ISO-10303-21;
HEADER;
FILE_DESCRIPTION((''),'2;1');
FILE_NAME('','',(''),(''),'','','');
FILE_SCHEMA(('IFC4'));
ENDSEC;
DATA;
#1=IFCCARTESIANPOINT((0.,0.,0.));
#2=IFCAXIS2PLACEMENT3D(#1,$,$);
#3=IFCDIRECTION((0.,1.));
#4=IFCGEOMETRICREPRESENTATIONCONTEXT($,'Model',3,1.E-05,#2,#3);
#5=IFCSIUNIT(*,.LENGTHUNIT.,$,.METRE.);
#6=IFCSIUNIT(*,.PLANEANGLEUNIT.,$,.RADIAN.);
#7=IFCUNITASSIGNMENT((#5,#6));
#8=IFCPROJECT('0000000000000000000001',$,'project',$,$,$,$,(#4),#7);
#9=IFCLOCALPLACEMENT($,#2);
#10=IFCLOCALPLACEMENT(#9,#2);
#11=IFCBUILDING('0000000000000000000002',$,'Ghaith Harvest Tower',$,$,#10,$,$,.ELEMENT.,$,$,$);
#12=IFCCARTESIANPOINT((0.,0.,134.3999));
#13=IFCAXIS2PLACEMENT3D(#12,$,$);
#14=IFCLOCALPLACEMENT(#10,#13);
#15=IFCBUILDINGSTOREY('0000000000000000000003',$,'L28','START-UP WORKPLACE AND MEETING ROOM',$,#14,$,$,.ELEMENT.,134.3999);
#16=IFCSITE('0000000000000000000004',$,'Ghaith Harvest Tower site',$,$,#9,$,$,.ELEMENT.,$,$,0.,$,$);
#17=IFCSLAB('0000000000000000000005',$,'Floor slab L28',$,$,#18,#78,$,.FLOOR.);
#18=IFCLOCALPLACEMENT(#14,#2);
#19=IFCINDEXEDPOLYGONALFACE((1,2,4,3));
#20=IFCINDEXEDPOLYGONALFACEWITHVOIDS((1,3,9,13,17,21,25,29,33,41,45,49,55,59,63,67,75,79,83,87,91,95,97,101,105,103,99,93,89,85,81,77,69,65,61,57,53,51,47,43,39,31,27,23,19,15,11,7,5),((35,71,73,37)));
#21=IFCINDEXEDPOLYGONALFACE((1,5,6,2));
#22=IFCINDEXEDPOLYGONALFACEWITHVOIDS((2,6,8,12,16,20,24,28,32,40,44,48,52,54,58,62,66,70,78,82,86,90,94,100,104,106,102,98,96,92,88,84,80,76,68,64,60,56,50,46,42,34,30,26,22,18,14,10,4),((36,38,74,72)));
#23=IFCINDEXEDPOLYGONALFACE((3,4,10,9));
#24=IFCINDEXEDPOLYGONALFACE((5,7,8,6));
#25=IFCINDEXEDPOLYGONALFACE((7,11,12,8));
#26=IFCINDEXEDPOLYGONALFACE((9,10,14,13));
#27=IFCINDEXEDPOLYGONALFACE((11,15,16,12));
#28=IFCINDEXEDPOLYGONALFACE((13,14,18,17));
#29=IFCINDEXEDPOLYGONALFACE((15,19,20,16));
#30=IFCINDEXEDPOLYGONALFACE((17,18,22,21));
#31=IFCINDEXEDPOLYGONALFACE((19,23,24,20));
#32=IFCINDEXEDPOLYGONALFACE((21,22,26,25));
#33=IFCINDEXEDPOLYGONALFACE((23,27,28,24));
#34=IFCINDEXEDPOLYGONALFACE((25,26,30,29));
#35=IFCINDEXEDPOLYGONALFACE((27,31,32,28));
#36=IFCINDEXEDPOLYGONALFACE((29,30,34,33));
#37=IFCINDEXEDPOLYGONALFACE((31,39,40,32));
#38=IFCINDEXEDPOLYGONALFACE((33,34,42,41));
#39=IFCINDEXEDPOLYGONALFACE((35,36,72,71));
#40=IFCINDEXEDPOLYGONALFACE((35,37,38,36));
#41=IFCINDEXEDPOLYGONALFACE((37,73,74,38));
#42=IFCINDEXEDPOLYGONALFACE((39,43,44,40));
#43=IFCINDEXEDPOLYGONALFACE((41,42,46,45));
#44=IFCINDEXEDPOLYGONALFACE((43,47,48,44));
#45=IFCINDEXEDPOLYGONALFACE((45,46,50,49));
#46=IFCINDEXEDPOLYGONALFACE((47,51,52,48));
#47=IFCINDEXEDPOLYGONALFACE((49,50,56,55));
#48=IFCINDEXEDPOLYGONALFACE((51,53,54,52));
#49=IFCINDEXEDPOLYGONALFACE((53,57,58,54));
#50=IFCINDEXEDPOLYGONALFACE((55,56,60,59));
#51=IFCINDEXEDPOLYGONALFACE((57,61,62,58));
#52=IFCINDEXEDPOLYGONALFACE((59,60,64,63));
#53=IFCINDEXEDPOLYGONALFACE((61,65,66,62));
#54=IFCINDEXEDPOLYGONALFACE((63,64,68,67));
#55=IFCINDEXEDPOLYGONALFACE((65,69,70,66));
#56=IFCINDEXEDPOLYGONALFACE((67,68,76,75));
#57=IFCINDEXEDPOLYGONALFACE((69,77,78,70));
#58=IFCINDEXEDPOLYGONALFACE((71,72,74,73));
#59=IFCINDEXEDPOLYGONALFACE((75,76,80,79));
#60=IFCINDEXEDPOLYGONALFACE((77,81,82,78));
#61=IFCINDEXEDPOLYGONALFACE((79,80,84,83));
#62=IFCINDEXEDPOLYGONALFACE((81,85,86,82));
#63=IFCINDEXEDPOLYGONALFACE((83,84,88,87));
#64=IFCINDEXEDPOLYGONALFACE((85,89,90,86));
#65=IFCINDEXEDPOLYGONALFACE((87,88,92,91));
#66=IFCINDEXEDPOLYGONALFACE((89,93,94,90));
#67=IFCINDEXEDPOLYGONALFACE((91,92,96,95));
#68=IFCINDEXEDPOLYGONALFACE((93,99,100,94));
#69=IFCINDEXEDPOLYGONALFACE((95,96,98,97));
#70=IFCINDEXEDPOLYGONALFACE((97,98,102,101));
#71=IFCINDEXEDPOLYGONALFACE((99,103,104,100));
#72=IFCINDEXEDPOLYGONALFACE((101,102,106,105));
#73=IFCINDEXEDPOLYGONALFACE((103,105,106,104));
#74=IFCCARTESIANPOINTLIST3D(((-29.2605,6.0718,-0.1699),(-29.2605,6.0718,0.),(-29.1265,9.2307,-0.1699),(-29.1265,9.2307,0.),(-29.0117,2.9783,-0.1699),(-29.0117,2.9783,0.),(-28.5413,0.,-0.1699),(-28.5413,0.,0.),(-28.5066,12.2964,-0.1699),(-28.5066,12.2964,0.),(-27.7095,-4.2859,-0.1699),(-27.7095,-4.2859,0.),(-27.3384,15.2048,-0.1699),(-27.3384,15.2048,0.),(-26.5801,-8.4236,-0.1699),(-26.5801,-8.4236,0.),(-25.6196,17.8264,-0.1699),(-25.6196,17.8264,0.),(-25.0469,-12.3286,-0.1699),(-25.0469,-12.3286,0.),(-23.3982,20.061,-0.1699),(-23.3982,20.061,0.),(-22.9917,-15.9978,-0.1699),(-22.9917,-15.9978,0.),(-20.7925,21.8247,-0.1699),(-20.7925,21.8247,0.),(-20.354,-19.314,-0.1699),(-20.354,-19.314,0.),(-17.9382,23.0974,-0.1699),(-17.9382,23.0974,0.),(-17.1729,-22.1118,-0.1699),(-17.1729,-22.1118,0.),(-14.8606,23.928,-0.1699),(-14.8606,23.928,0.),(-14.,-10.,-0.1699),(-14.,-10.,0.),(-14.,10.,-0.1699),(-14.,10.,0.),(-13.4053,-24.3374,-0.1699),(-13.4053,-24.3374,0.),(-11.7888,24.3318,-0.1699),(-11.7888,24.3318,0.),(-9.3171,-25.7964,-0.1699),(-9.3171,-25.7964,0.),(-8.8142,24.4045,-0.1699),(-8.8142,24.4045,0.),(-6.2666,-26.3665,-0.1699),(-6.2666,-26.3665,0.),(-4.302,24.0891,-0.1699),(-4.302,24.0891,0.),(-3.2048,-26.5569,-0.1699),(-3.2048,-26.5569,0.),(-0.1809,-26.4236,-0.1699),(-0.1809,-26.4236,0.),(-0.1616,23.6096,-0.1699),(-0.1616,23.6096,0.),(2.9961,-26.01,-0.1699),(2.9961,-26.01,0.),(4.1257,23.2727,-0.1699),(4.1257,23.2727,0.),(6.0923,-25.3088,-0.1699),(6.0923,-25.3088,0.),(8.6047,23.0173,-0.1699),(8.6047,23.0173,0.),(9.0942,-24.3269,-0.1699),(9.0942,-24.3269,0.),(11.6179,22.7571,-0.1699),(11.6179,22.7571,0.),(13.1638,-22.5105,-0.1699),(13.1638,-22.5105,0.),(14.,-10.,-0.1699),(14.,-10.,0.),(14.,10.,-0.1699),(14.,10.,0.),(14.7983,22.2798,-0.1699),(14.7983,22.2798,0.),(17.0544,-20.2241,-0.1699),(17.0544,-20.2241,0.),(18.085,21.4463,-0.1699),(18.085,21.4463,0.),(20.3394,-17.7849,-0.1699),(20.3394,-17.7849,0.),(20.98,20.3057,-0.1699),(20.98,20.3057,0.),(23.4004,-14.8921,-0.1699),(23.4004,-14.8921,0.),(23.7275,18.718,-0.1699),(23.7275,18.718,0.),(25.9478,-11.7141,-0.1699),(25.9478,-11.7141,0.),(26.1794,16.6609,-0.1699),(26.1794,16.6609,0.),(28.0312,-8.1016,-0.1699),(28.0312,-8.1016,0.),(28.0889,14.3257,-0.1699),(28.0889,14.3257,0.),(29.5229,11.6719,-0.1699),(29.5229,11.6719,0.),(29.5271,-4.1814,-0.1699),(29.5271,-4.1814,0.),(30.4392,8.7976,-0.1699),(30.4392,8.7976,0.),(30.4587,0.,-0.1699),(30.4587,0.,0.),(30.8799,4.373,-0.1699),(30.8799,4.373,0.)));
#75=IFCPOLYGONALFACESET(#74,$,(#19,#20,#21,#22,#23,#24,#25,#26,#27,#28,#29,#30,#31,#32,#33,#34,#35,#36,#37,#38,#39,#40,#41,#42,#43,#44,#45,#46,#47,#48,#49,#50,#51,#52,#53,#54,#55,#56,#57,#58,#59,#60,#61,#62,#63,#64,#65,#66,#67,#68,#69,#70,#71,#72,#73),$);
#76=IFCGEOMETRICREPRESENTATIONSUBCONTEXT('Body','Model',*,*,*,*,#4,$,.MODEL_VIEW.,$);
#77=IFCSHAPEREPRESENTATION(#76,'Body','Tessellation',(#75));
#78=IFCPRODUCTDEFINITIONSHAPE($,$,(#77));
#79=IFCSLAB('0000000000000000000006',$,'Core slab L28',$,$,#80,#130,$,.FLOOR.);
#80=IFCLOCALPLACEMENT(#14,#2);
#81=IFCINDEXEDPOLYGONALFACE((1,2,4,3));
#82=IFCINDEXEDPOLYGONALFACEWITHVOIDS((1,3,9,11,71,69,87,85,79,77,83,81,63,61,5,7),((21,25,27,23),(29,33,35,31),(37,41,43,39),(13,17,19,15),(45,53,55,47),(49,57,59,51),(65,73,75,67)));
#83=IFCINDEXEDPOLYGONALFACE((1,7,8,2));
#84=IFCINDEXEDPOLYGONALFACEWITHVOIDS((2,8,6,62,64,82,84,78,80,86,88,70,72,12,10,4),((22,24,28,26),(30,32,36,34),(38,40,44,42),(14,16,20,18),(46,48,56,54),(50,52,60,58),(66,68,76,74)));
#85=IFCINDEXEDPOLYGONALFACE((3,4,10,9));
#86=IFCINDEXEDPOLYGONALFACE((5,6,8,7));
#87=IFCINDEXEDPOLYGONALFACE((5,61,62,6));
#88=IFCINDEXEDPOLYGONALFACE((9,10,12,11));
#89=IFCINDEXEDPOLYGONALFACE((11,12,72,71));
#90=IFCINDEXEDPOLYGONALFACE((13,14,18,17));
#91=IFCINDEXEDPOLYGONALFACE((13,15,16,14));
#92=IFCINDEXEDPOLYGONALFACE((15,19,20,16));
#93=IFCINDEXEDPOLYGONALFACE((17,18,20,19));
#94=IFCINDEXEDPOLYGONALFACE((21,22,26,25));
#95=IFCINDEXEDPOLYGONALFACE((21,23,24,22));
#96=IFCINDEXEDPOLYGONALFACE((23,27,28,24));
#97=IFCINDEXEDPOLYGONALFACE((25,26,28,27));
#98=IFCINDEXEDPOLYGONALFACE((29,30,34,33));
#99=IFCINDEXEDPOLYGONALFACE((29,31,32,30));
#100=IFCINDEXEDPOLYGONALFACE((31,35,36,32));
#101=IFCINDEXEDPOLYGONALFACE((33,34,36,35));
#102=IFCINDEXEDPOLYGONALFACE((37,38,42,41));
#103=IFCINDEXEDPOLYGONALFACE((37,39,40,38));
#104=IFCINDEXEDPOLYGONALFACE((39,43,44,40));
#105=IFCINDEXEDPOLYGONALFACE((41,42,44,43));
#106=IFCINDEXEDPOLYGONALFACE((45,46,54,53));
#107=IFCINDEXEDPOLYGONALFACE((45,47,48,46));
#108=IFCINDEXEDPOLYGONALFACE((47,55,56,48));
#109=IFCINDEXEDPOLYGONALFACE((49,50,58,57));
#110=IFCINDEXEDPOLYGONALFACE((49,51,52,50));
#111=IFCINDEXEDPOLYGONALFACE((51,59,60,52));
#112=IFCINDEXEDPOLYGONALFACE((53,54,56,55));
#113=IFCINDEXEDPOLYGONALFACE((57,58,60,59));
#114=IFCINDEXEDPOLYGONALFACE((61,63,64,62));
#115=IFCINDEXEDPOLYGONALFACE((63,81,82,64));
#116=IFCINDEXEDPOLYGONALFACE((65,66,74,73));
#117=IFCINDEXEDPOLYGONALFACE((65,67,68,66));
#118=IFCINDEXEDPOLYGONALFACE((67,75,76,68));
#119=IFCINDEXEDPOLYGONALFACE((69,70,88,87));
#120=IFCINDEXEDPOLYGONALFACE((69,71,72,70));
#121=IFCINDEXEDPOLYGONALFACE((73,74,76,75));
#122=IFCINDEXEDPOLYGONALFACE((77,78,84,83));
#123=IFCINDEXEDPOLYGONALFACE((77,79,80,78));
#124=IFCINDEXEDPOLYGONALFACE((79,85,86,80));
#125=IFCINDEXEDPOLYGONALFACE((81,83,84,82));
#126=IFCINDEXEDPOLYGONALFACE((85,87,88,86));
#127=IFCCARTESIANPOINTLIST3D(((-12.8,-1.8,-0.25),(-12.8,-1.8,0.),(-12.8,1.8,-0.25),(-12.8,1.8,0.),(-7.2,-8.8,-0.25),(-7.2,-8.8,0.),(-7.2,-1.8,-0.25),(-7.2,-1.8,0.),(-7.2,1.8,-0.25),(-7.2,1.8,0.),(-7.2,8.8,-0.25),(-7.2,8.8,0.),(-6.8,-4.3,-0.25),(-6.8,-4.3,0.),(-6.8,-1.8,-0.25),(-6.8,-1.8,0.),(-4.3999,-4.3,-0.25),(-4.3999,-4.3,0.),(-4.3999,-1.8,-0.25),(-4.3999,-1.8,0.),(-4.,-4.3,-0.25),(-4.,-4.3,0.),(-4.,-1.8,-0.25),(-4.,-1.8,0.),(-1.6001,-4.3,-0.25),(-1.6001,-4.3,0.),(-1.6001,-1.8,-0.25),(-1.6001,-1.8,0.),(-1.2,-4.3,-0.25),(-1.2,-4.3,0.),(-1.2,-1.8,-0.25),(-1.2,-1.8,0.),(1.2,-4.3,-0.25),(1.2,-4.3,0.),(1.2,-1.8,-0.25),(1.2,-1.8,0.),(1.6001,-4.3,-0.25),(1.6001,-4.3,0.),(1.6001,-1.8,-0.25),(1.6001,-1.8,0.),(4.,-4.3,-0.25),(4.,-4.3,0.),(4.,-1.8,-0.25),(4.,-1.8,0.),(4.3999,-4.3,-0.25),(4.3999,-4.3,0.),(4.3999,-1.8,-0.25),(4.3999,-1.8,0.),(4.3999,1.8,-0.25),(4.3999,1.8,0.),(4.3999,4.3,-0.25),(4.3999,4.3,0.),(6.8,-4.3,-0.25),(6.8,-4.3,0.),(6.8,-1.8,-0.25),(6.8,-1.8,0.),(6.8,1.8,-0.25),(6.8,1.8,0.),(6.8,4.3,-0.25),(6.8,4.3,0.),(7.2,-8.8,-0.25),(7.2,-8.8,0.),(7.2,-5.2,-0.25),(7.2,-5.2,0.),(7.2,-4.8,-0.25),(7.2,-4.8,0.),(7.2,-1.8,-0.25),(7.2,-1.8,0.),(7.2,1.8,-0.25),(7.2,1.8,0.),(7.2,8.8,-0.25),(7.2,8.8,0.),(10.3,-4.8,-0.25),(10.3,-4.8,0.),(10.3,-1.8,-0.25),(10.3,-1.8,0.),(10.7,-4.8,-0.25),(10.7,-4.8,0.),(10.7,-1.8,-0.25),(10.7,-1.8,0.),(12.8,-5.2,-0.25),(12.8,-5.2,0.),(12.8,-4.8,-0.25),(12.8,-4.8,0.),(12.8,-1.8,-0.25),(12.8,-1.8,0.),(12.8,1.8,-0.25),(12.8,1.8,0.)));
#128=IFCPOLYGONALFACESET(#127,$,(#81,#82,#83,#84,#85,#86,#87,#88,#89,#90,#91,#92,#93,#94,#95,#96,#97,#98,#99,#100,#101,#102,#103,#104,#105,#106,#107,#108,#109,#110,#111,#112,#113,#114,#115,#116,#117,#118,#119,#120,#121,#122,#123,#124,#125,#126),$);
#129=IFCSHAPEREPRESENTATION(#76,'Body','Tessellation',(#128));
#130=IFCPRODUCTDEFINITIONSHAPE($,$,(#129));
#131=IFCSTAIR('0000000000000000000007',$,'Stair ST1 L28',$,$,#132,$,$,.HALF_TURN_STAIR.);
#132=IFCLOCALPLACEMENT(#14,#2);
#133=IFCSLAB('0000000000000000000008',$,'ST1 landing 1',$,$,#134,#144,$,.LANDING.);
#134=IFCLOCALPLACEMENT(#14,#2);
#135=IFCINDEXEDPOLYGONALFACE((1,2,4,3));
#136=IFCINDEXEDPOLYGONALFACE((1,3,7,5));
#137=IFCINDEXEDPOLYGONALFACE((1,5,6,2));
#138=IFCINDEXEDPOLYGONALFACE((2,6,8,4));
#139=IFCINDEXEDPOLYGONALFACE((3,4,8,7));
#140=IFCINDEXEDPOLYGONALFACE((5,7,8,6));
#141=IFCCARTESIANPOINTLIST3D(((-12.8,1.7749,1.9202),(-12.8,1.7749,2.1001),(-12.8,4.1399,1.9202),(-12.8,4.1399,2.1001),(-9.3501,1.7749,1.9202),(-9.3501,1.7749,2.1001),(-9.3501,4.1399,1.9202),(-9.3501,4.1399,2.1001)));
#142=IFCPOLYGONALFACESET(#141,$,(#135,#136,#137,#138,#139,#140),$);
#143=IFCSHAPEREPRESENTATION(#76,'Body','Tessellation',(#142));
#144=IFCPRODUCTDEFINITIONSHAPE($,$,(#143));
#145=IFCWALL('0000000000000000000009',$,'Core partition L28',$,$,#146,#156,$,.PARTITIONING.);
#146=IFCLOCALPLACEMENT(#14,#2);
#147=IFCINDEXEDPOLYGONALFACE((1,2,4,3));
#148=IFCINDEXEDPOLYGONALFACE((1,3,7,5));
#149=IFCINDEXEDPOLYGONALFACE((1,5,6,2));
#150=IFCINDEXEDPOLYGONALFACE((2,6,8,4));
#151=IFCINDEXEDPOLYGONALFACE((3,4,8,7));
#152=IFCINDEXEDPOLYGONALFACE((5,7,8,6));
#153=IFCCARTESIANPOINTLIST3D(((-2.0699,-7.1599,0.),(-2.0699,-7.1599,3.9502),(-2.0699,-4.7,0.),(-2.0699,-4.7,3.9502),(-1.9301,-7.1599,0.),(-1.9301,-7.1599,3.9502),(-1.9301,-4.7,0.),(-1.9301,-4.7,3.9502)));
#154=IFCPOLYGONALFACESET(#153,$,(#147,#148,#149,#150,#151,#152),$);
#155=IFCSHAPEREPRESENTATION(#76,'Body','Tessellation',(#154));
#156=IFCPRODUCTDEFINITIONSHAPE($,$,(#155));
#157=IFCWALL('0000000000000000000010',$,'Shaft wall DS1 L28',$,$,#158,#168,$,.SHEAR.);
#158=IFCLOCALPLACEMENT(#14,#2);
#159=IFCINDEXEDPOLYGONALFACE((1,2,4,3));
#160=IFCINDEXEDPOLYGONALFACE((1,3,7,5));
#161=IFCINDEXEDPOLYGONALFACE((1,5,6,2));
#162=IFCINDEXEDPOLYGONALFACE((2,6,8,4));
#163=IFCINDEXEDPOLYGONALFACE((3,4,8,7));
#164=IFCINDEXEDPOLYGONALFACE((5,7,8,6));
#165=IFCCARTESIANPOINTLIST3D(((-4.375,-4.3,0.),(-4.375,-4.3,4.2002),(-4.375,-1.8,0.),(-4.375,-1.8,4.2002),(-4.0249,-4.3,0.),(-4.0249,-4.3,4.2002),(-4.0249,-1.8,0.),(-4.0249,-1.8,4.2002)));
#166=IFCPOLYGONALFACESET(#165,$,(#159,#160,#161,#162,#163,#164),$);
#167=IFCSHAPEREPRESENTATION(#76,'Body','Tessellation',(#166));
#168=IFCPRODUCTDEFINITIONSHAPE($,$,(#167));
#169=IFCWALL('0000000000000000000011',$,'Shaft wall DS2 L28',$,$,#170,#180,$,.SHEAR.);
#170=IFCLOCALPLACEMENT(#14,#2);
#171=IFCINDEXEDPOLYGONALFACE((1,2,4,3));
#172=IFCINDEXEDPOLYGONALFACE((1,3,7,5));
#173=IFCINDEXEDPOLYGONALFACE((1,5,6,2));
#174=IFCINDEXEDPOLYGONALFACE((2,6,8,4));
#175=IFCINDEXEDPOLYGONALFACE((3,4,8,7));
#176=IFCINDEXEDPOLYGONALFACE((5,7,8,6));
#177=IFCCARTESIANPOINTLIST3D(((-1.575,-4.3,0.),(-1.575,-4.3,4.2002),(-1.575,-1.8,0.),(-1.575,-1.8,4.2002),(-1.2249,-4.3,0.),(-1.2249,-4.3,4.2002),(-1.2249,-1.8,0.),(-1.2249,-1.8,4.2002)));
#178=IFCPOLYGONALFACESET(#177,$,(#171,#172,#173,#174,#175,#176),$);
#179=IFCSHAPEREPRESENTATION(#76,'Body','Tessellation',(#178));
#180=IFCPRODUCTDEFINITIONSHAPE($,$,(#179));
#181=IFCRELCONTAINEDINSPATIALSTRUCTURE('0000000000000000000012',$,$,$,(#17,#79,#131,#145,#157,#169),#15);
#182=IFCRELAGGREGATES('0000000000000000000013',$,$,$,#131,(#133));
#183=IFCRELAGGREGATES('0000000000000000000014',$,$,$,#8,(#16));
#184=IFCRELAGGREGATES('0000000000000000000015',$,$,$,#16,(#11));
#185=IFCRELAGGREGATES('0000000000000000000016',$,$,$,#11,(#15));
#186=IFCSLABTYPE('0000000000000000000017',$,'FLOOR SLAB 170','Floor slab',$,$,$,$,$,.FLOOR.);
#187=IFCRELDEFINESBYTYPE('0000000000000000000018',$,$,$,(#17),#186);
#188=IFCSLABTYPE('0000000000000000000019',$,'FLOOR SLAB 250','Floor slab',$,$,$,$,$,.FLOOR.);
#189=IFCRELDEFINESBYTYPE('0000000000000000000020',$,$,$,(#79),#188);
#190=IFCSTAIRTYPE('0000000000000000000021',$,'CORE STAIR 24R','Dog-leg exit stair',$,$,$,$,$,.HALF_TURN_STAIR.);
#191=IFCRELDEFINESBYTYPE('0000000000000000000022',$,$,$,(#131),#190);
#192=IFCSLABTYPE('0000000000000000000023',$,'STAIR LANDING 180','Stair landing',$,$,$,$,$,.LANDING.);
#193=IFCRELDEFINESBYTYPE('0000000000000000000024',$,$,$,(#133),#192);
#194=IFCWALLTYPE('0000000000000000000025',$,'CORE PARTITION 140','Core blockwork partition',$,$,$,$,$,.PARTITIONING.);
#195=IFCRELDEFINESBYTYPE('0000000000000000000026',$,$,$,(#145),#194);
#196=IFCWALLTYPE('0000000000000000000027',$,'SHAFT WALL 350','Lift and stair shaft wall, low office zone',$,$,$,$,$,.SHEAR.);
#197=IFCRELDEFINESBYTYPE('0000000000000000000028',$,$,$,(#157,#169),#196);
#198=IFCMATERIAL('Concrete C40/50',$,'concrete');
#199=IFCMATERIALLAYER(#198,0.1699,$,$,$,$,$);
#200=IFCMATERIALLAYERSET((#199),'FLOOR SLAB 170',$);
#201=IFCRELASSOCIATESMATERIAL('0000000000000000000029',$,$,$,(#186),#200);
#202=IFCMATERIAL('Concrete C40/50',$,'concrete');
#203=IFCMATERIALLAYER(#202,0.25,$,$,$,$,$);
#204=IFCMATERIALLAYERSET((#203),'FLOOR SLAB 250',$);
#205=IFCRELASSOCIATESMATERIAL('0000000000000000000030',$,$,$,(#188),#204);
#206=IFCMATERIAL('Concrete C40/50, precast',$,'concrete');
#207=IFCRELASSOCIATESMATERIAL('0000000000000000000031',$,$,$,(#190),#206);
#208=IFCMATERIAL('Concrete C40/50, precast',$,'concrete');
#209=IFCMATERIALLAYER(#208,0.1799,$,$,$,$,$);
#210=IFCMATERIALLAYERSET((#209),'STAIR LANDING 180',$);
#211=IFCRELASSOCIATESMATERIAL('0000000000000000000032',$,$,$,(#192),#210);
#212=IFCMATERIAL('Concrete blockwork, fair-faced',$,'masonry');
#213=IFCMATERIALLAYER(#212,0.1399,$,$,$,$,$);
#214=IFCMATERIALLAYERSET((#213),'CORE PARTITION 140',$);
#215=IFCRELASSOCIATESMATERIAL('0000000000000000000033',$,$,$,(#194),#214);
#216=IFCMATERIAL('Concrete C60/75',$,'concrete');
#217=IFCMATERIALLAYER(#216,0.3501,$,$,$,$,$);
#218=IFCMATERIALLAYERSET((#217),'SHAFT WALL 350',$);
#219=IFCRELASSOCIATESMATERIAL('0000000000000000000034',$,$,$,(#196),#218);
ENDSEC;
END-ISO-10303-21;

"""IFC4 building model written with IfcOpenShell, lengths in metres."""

from ifc_helpers import new_model, si_unit, direction, frame, frame_2d, origin, place, context, subcontext, project, spatial, polyline, rectangle, outline, extrude, material, layer, layer_set, type_object, element, aggregate, save


model = new_model("IFC4")

# Units and contexts
model_context = context("Model", 3, precision=1e-05, world=origin(), true_north=direction((0.0, 1.0)))
body_context = subcontext(model_context, "Body", "Model", "MODEL_VIEW")
ifc_project = project(units=[si_unit("LENGTHUNIT", "METRE"), si_unit("PLANEANGLEUNIT", "RADIAN")], contexts=[model_context])

# Site, building, storey
site_placement = place(None, origin())
site = spatial("IfcSite", under=ifc_project, at=site_placement, Name="Ghaith Harvest Tower site", CompositionType="ELEMENT", RefElevation=0.0)
building_placement = place(site_placement, origin())
building = spatial("IfcBuilding", under=site, at=building_placement, Name="Ghaith Harvest Tower", CompositionType="ELEMENT")
storey_placement = place(building_placement, frame((0.0, 0.0, 134.3999)))
storey = spatial("IfcBuildingStorey", under=building, at=storey_placement, Name="L28", Description="START-UP WORKPLACE AND MEETING ROOM", CompositionType="ELEMENT", Elevation=134.3999)

# Slabs
ifc_material_1 = material(Name="Concrete C40/50", Category="concrete")
ifc_layer_1 = layer(ifc_material_1, 0.1699)
ifc_layer_set_1 = layer_set([ifc_layer_1], Name="FLOOR SLAB 170")
slab_type_1 = type_object("IfcSlabType", Name="FLOOR SLAB 170", Description="Floor slab", PredefinedType="FLOOR", material=ifc_layer_set_1)
slab_1_placement = place(storey_placement, frame((0.0, 0.0, -0.1699)))
element("IfcSlab", 1, at=slab_1_placement, inside=storey, type_object=slab_type_1, Name="Floor slab L28", PredefinedType="FLOOR", context=body_context, shape_type="SweptSolid", body=[
    extrude(outline(polyline([(30.4587, 0.0), (30.8799, 4.373), (30.4392, 8.7976), (29.5229, 11.6719), (28.0889, 14.3257), (26.1794, 16.6609), (23.7275, 18.718), (20.98, 20.3057), (18.085, 21.4463), (14.7983, 22.2798), (11.6179, 22.7571), (8.6047, 23.0173), (4.1257, 23.2727), (-0.1616, 23.6096), (-4.302, 24.0891), (-8.8142, 24.4045), (-11.7888, 24.3318), (-14.8606, 23.928), (-17.9382, 23.0974), (-20.7925, 21.8247), (-23.3982, 20.061), (-25.6196, 17.8264), (-27.3384, 15.2048), (-28.5066, 12.2964), (-29.1265, 9.2307), (-29.2605, 6.0718), (-29.0117, 2.9783), (-28.5413, 0.0), (-27.7095, -4.2859), (-26.5801, -8.4236), (-25.0469, -12.3286), (-22.9917, -15.9978), (-20.354, -19.314), (-17.1729, -22.1118), (-13.4053, -24.3374), (-9.3171, -25.7964), (-6.2666, -26.3665), (-3.2048, -26.5569), (-0.1809, -26.4236), (2.9961, -26.01), (6.0923, -25.3088), (9.0942, -24.3269), (13.1638, -22.5105), (17.0544, -20.2241), (20.3394, -17.7849), (23.4004, -14.8921), (25.9478, -11.7141), (28.0312, -8.1016), (29.5271, -4.1814), (30.4587, 0.0)]), holes=[polyline([(-14.0, -10.0), (14.0, -10.0), (14.0, 10.0), (-14.0, 10.0), (-14.0, -10.0)])]), origin(), (0.0, 0.0, 1.0), 0.1699),
])
ifc_material_2 = material(Name="Concrete C40/50", Category="concrete")
ifc_layer_2 = layer(ifc_material_2, 0.25)
ifc_layer_set_2 = layer_set([ifc_layer_2], Name="FLOOR SLAB 250")
slab_type_2 = type_object("IfcSlabType", Name="FLOOR SLAB 250", Description="Floor slab", PredefinedType="FLOOR", material=ifc_layer_set_2)
slab_2_placement = place(storey_placement, frame((0.0, 0.0, -0.25)))
element("IfcSlab", 2, at=slab_2_placement, inside=storey, type_object=slab_type_2, Name="Core slab L28", PredefinedType="FLOOR", context=body_context, shape_type="SweptSolid", body=[
    extrude(outline(polyline([(-12.8, 1.8), (-7.2, 1.8), (-7.2, 8.8), (7.2, 8.8), (7.2, 1.8), (12.8, 1.8), (12.8, -1.8), (10.7, -1.8), (10.7, -4.8), (12.8, -4.8), (12.8, -5.2), (7.2, -5.2), (7.2, -8.8), (-7.2, -8.8), (-7.2, -1.8), (-12.8, -1.8), (-12.8, 1.8)]), holes=[polyline([(-4.3999, -4.3), (-4.3999, -1.8), (-6.8, -1.8), (-6.8, -4.3), (-4.3999, -4.3)]), polyline([(-1.6001, -4.3), (-1.6001, -1.8), (-4.0, -1.8), (-4.0, -4.3), (-1.6001, -4.3)]), polyline([(1.2, -1.8), (-1.2, -1.8), (-1.2, -4.3), (1.2, -4.3), (1.2, -1.8)]), polyline([(4.0, -4.3), (4.0, -1.8), (1.6001, -1.8), (1.6001, -4.3), (4.0, -4.3)]), polyline([(10.3, -4.8), (10.3, -1.8), (7.2, -1.8), (7.2, -4.8), (10.3, -4.8)]), polyline([(6.8, -1.8), (4.3999, -1.8), (4.3999, -4.3), (6.8, -4.3), (6.8, -1.8)]), polyline([(6.8, 1.8), (6.8, 4.3), (4.3999, 4.3), (4.3999, 1.8), (6.8, 1.8)])]), origin(), (0.0, 0.0, 1.0), 0.25),
])

# Stair, slab
ifc_material_3 = material(Name="Concrete C40/50, precast", Category="concrete")
stair_type = type_object("IfcStairType", Name="CORE STAIR 24R", Description="Dog-leg exit stair", PredefinedType="HALF_TURN_STAIR", material=ifc_material_3)
stair_placement = place(storey_placement, origin())
stair = element("IfcStair", 3, at=stair_placement, inside=storey, type_object=stair_type, Name="Stair ST1 L28", PredefinedType="HALF_TURN_STAIR")
ifc_material_4 = material(Name="Concrete C40/50, precast", Category="concrete")
ifc_layer_3 = layer(ifc_material_4, 0.1799)
ifc_layer_set_3 = layer_set([ifc_layer_3], Name="STAIR LANDING 180")
slab_type_3 = type_object("IfcSlabType", Name="STAIR LANDING 180", Description="Stair landing", PredefinedType="LANDING", material=ifc_layer_set_3)
slab_3_placement = place(storey_placement, frame((0.0, 0.0, 1.9202)))
slab_3 = element("IfcSlab", 4, at=slab_3_placement, type_object=slab_type_3, Name="ST1 landing 1", PredefinedType="LANDING", context=body_context, shape_type="SweptSolid", body=[
    extrude(outline(polyline([(-12.8, 4.1399), (-12.8, 1.7749), (-9.3501, 1.7749), (-9.3501, 4.1399), (-12.8, 4.1399)])), origin(), (0.0, 0.0, 1.0), 0.1799),
])
aggregate(stair, [slab_3])

# Wall
ifc_material_5 = material(Name="Concrete blockwork, fair-faced", Category="masonry")
ifc_layer_4 = layer(ifc_material_5, 0.1399)
ifc_layer_set_4 = layer_set([ifc_layer_4], Name="CORE PARTITION 140")
wall_type_1 = type_object("IfcWallType", Name="CORE PARTITION 140", Description="Core blockwork partition", PredefinedType="PARTITIONING", material=ifc_layer_set_4)
wall_1_placement = place(storey_placement, frame((-2.0, -4.7, 0.0), z_axis=(0.0, 0.0, 1.0), x_axis=(0.0, -1.0, 0.0)))
element("IfcWall", 5, at=wall_1_placement, inside=storey, type_object=wall_type_1, Name="Core partition L28", PredefinedType="PARTITIONING", context=body_context, shape_type="SweptSolid", body=[
    extrude(rectangle(XDim=2.46, YDim=0.1399, at=frame_2d((1.23, 0.0))), origin(), (0.0, 0.0, 1.0), 3.9502),
])

# Shared definitions
ifc_material_6 = material(Name="Concrete C60/75", Category="concrete")
ifc_layer_5 = layer(ifc_material_6, 0.3501)
ifc_layer_set_5 = layer_set([ifc_layer_5], Name="SHAFT WALL 350")
wall_type_2 = type_object("IfcWallType", Name="SHAFT WALL 350", Description="Lift and stair shaft wall, low office zone", PredefinedType="SHEAR", material=ifc_layer_set_5)

# Walls
for number, where, z_axis, x_axis, name in (
    (6, (-4.2, -4.3, 0.0), (0.0, 0.0, 1.0), (0.0, 1.0, 0.0), "Shaft wall DS1 L28"),
    (7, (-1.3999, -4.3, 0.0), (0.0, 0.0, 1.0), (0.0, 1.0, 0.0), "Shaft wall DS2 L28"),
):
    element("IfcWall", number, at=place(storey_placement, frame(where, z_axis=z_axis, x_axis=x_axis)), inside=storey, type_object=wall_type_2, Name=name, PredefinedType="SHEAR", context=body_context, shape_type="SweptSolid", body=[
        extrude(rectangle(XDim=2.5, YDim=0.3501, at=frame_2d((1.25, 0.0))), origin(), (0.0, 0.0, 1.0), 4.2002),
    ])

save(model, "model.ifc")
